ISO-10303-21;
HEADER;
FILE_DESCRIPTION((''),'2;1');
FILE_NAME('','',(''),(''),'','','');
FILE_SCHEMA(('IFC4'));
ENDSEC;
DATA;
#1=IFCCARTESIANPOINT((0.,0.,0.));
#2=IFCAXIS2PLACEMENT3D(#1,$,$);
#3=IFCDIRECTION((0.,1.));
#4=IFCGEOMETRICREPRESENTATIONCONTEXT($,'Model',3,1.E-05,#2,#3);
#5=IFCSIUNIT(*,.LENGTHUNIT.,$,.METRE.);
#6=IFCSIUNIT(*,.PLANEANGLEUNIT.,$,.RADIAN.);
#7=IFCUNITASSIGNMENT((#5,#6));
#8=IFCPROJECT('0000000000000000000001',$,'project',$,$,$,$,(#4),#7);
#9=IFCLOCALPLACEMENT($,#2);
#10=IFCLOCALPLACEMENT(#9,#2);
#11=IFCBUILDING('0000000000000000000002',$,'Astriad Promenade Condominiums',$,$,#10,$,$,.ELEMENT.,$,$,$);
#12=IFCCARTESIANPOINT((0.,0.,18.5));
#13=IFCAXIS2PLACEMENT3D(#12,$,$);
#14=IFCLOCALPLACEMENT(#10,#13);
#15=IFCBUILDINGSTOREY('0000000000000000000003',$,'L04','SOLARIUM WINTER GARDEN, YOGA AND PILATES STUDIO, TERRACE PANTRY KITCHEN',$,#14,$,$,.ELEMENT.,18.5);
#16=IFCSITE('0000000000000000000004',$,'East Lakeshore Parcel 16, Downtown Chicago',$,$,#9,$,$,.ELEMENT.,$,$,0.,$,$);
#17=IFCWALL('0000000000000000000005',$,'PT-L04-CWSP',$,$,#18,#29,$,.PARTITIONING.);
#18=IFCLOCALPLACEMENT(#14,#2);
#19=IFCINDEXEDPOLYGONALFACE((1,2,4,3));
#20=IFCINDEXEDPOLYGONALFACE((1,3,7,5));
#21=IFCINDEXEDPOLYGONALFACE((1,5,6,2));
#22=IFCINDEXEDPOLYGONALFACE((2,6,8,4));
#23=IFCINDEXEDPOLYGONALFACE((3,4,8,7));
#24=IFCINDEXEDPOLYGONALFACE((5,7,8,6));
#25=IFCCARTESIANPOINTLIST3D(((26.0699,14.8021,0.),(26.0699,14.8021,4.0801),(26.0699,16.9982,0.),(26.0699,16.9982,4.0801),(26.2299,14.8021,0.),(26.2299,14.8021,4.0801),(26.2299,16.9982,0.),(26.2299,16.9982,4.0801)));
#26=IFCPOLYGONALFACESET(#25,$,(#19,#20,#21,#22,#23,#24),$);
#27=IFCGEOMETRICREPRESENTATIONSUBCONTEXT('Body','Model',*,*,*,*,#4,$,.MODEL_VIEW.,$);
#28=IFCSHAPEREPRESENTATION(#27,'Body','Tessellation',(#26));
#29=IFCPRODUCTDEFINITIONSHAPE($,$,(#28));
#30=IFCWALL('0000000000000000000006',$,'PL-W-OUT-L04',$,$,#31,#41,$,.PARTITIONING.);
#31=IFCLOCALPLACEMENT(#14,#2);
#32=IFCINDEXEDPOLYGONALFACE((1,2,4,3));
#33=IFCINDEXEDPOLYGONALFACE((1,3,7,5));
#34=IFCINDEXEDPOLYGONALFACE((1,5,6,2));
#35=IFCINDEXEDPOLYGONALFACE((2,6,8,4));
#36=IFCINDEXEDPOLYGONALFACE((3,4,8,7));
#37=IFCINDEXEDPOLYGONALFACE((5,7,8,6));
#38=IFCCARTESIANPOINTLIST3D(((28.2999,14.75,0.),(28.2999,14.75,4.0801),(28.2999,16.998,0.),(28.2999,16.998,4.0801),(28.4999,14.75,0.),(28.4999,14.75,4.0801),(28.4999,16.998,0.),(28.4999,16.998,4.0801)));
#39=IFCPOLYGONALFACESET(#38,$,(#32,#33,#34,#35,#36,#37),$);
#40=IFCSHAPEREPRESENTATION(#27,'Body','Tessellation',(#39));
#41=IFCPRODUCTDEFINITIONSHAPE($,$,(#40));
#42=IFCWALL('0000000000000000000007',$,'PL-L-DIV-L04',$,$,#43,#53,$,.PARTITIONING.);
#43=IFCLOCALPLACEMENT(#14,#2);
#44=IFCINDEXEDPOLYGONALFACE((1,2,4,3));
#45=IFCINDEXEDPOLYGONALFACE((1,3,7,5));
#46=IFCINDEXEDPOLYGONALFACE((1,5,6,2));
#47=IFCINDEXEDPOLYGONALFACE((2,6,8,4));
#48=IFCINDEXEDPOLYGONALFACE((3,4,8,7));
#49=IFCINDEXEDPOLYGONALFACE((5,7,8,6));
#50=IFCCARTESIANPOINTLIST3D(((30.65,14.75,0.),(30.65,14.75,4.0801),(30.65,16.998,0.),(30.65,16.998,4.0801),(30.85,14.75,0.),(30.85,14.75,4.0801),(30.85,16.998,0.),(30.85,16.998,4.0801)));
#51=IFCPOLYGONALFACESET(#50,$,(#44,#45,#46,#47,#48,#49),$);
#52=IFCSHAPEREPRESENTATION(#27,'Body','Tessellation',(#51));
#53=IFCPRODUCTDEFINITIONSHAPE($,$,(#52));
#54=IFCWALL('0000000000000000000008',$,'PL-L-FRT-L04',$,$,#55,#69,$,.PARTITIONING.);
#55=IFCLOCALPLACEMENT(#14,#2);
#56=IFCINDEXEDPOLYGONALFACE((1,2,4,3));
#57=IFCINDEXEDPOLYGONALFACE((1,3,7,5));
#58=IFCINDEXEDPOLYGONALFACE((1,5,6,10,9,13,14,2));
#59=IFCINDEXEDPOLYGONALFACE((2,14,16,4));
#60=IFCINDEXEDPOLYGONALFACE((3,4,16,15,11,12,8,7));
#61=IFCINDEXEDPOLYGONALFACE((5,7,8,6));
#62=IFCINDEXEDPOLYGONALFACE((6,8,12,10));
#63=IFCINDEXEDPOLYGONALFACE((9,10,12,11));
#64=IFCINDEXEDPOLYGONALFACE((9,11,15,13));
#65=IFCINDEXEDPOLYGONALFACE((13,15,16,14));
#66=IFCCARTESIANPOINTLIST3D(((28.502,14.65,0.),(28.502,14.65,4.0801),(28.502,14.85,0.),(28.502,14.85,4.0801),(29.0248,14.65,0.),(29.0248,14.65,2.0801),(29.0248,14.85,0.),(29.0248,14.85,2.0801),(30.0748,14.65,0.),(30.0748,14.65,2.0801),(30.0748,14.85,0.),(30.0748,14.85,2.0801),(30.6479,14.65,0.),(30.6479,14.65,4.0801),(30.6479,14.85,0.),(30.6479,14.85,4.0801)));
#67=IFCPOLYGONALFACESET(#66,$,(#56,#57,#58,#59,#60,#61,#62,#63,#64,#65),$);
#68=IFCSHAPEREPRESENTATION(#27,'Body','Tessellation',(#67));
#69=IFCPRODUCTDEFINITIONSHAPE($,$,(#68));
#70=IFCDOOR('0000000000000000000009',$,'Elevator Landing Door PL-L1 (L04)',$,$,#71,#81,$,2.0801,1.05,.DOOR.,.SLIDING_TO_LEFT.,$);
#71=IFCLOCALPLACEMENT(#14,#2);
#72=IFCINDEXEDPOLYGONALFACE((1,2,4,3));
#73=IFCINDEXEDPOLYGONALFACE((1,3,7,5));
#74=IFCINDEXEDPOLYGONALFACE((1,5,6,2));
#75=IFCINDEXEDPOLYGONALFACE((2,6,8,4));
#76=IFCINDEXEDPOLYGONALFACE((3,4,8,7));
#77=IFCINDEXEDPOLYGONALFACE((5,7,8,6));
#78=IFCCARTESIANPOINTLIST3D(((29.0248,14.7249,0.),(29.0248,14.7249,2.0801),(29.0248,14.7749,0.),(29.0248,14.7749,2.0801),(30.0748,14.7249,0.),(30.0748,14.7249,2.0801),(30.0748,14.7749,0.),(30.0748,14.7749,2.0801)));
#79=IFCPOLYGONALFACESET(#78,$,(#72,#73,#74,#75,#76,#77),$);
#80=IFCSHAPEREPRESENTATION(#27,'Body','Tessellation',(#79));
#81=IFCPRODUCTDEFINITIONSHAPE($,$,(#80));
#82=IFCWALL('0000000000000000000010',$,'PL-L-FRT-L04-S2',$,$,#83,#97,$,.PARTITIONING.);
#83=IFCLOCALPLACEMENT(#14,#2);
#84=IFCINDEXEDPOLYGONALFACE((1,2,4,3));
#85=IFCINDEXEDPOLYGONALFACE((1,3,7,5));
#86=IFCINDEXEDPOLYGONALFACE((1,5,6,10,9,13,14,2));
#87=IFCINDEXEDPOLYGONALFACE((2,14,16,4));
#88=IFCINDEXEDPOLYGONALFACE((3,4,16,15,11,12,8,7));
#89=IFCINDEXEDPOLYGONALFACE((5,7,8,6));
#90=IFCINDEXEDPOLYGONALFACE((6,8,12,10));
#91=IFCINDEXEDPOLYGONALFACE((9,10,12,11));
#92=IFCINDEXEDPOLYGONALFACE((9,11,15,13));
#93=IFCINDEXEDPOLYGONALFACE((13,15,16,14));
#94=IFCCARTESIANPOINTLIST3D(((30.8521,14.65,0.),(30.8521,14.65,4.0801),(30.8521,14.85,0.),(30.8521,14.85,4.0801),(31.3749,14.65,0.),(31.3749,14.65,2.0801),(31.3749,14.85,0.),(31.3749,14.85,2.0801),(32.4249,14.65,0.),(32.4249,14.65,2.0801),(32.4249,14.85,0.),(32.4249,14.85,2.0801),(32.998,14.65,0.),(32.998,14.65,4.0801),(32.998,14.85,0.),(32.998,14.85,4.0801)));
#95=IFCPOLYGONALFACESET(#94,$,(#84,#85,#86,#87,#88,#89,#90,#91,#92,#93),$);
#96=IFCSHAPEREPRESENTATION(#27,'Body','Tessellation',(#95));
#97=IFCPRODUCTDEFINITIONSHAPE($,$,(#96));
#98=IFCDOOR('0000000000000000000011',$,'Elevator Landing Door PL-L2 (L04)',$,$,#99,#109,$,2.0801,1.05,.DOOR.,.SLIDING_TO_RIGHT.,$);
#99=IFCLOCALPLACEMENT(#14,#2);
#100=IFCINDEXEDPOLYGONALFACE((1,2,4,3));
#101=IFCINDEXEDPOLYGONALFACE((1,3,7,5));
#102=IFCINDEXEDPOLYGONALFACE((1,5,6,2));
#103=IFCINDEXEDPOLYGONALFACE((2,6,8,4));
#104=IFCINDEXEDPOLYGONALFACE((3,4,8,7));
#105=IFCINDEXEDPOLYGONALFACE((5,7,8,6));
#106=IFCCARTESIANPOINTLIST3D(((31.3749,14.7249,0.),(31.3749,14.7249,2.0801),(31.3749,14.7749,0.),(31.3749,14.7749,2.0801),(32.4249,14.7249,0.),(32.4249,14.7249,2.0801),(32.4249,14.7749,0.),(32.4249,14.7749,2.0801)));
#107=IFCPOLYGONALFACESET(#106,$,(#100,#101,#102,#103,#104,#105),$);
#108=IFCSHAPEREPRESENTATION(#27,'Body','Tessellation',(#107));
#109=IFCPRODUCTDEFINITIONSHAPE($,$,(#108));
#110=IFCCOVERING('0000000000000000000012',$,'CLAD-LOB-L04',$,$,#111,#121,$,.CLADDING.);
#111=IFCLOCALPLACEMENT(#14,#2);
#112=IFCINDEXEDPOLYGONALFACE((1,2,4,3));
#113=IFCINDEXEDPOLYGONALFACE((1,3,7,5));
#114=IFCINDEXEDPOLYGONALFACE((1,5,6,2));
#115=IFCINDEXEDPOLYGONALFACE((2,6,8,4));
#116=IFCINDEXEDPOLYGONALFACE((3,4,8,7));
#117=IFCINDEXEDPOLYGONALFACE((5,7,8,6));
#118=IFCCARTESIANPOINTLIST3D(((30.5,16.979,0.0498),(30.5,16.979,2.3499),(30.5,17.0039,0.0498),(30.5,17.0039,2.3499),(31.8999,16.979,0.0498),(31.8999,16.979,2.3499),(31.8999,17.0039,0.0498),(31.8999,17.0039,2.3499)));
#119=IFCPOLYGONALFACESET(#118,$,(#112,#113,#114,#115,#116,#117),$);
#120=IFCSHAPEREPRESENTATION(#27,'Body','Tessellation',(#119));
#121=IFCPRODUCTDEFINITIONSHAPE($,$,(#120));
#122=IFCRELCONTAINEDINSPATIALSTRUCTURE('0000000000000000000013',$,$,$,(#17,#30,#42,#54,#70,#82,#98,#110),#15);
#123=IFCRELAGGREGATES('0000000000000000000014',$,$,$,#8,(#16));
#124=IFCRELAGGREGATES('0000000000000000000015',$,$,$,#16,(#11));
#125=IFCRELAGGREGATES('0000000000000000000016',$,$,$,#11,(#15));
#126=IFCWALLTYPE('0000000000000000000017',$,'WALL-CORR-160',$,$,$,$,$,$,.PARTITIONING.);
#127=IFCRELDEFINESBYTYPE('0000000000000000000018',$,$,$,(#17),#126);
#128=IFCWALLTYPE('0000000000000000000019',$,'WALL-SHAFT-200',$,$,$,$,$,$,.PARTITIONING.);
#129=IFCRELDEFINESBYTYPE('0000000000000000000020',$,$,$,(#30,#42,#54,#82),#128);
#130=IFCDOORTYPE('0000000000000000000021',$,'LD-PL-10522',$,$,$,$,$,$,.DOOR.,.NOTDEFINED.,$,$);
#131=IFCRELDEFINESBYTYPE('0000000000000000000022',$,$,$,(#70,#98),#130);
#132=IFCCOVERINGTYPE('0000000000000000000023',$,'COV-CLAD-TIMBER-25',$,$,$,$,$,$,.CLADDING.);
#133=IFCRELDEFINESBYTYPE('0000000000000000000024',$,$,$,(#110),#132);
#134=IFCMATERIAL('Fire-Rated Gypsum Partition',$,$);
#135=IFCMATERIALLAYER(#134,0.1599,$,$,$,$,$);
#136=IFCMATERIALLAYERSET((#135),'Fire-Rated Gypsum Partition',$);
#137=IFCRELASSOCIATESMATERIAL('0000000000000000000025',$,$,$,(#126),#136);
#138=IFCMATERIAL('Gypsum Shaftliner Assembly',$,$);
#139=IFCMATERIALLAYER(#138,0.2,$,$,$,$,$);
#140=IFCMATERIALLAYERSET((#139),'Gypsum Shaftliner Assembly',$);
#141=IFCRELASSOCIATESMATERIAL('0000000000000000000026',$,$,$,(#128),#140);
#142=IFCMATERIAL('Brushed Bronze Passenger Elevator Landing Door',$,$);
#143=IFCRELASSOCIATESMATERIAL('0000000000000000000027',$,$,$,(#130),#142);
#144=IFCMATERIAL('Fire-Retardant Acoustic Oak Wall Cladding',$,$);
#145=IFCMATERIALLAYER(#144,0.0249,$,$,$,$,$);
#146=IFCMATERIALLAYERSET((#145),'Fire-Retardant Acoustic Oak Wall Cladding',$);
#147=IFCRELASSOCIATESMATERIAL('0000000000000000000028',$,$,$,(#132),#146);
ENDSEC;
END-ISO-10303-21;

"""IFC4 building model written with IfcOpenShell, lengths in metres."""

from ifc_helpers import new_model, si_unit, direction, frame, frame_2d, origin, origin_2d, place, context, subcontext, project, spatial, rectangle, extrude, source, transform, mapped, material, layer, layer_set, type_object, type_shapes, element, fill, save


model = new_model("IFC4")

# Units and contexts
model_context = context("Model", 3, precision=1e-05, world=origin(), true_north=direction((0.0, 1.0)))
body_context = subcontext(model_context, "Body", "Model", "MODEL_VIEW")
ifc_project = project(units=[si_unit("LENGTHUNIT", "METRE"), si_unit("PLANEANGLEUNIT", "RADIAN")], contexts=[model_context])

# Site, building, storey
site_placement = place(None, origin())
site = spatial("IfcSite", under=ifc_project, at=site_placement, Name="East Lakeshore Parcel 16, Downtown Chicago", CompositionType="ELEMENT", RefElevation=0.0)
building_placement = place(site_placement, origin())
building = spatial("IfcBuilding", under=site, at=building_placement, Name="Astriad Promenade Condominiums", CompositionType="ELEMENT")
storey_placement = place(building_placement, frame((0.0, 0.0, 18.5)))
storey = spatial("IfcBuildingStorey", under=building, at=storey_placement, Name="L04", Description="SOLARIUM WINTER GARDEN, YOGA AND PILATES STUDIO, TERRACE PANTRY KITCHEN", CompositionType="ELEMENT", Elevation=18.5)

# Walls
ifc_material_1 = material(Name="Fire-Rated Gypsum Partition")
ifc_layer_1 = layer(ifc_material_1, 0.1599)
ifc_layer_set_1 = layer_set([ifc_layer_1], Name="Fire-Rated Gypsum Partition")
wall_type_1 = type_object("IfcWallType", Name="WALL-CORR-160", PredefinedType="PARTITIONING", material=ifc_layer_set_1)
wall_1_placement = place(storey_placement, frame((26.1499, 14.802, 0.0), z_axis=(0.0, 0.0, 1.0), x_axis=(0.0, 1.0, 0.0)))
element("IfcWall", 1, at=wall_1_placement, inside=storey, type_object=wall_type_1, Name="PT-L04-CWSP", PredefinedType="PARTITIONING", context=body_context, shape_type="SweptSolid", body=[
    extrude(rectangle(XDim=2.196, YDim=0.1599, at=frame_2d((1.0981, 0.0))), origin(), (0.0, 0.0, 1.0), 4.0801),
])
ifc_material_2 = material(Name="Gypsum Shaftliner Assembly")
ifc_layer_2 = layer(ifc_material_2, 0.2)
ifc_layer_set_2 = layer_set([ifc_layer_2], Name="Gypsum Shaftliner Assembly")
wall_type_2 = type_object("IfcWallType", Name="WALL-SHAFT-200", PredefinedType="PARTITIONING", material=ifc_layer_set_2)
for number, where, z_axis, x_axis, name in (
    (2, (28.3999, 14.75, 0.0), (0.0, 0.0, 1.0), (0.0, 1.0, 0.0), "PL-W-OUT-L04"),
    (3, (30.75, 14.75, 0.0), (0.0, 0.0, 1.0), (0.0, 1.0, 0.0), "PL-L-DIV-L04"),
):
    element("IfcWall", number, at=place(storey_placement, frame(where, z_axis=z_axis, x_axis=x_axis)), inside=storey, type_object=wall_type_2, Name=name, PredefinedType="PARTITIONING", context=body_context, shape_type="SweptSolid", body=[
        extrude(rectangle(XDim=2.248, YDim=0.2, at=frame_2d((1.124, 0.0))), origin(), (0.0, 0.0, 1.0), 4.0801),
    ])

# Walls, openings, doors
wall_2_placement = place(storey_placement, frame((28.502, 14.75, 0.0), z_axis=(0.0, 0.0, 1.0), x_axis=(1.0, 0.0, 0.0)))
wall_2 = element("IfcWall", 4, at=wall_2_placement, inside=storey, type_object=wall_type_2, Name="PL-L-FRT-L04", PredefinedType="PARTITIONING", context=body_context, shape_type="SweptSolid", body=[
    extrude(rectangle(XDim=2.146, YDim=0.2, at=frame_2d((1.073, 0.0))), origin(), (0.0, 0.0, 1.0), 4.0801),
])
opening_1_placement = place(wall_2_placement, frame((0.5229, 0.0, 0.0)))
opening_1 = element("IfcOpeningElement", 5, at=opening_1_placement, cuts=wall_2, PredefinedType="OPENING", context=body_context, shape_type="SweptSolid", body=[
    extrude(rectangle(XDim=1.05, YDim=2.0801, at=frame_2d((0.5249, 1.04))), frame((0.0, 0.1099, 0.0), z_axis=(0.0, -1.0, 0.0), x_axis=(1.0, 0.0, 0.0)), (0.0, 0.0, 1.0), 0.22),
])
ifc_material_3 = material(Name="Brushed Bronze Passenger Elevator Landing Door")
door_type_1 = type_object("IfcDoorType", Name="LD-PL-10522", OperationType="NOTDEFINED", PredefinedType="DOOR", material=ifc_material_3)
shared_shape_1 = source(origin(), body_context, "Body", "SweptSolid", [
    extrude(rectangle(XDim=1.05, YDim=2.0801, at=frame_2d((0.5249, 1.04))), frame((0.0, 0.0249, 0.0), z_axis=(0.0, -1.0, 0.0), x_axis=(1.0, 0.0, 0.0)), (0.0, 0.0, 1.0), 0.05),
])
type_shapes(door_type_1, [shared_shape_1])
door_1_placement = place(opening_1_placement, origin())
door_1 = element("IfcDoor", 6, at=door_1_placement, inside=storey, type_object=door_type_1, Name="Elevator Landing Door PL-L1 (L04)", OperationType="SLIDING_TO_LEFT", OverallHeight=2.0801, OverallWidth=1.05, PredefinedType="DOOR", context=body_context, shape_type="MappedRepresentation", body=[
    mapped(shared_shape_1, transform((0.0, 0.0, 0.0), scale=1.0)),
])
fill(opening_1, door_1)
wall_3_placement = place(storey_placement, frame((30.8521, 14.75, 0.0), z_axis=(0.0, 0.0, 1.0), x_axis=(1.0, 0.0, 0.0)))
wall_3 = element("IfcWall", 7, at=wall_3_placement, inside=storey, type_object=wall_type_2, Name="PL-L-FRT-L04-S2", PredefinedType="PARTITIONING", context=body_context, shape_type="SweptSolid", body=[
    extrude(rectangle(XDim=2.146, YDim=0.2, at=frame_2d((1.073, 0.0))), origin(), (0.0, 0.0, 1.0), 4.0801),
])
opening_2_placement = place(wall_3_placement, frame((0.5229, 0.0, 0.0)))
opening_2 = element("IfcOpeningElement", 8, at=opening_2_placement, cuts=wall_3, PredefinedType="OPENING", context=body_context, shape_type="SweptSolid", body=[
    extrude(rectangle(XDim=1.05, YDim=2.0801, at=frame_2d((0.5249, 1.04))), frame((0.0, 0.1099, 0.0), z_axis=(0.0, -1.0, 0.0), x_axis=(1.0, 0.0, 0.0)), (0.0, 0.0, 1.0), 0.22),
])
door_2_placement = place(opening_2_placement, origin())
door_2 = element("IfcDoor", 9, at=door_2_placement, inside=storey, type_object=door_type_1, Name="Elevator Landing Door PL-L2 (L04)", OperationType="SLIDING_TO_RIGHT", OverallHeight=2.0801, OverallWidth=1.05, PredefinedType="DOOR", context=body_context, shape_type="MappedRepresentation", body=[
    mapped(shared_shape_1, transform((0.0, 0.0, 0.0), scale=1.0)),
])
fill(opening_2, door_2)

# Covering
ifc_material_4 = material(Name="Fire-Retardant Acoustic Oak Wall Cladding")
ifc_layer_3 = layer(ifc_material_4, 0.0249)
ifc_layer_set_3 = layer_set([ifc_layer_3], Name="Fire-Retardant Acoustic Oak Wall Cladding")
covering_type = type_object("IfcCoveringType", Name="COV-CLAD-TIMBER-25", PredefinedType="CLADDING", material=ifc_layer_set_3)
shared_shape_2 = source(origin(), body_context, "Body", "SweptSolid", [
    extrude(rectangle(XDim=1.3999, YDim=0.0249, at=origin_2d()), origin(), (0.0, 0.0, 1.0), 2.3),
])
type_shapes(covering_type, [shared_shape_2])
covering_placement = place(storey_placement, frame((31.2, 16.9915, 0.0498), z_axis=(0.0, 0.0, 1.0), x_axis=(1.0, 0.0, 0.0)))
element("IfcCovering", 10, at=covering_placement, inside=storey, type_object=covering_type, Name="CLAD-LOB-L04", PredefinedType="CLADDING", context=body_context, shape_type="MappedRepresentation", body=[
    mapped(shared_shape_2, transform((0.0, 0.0, 0.0), scale=1.0)),
])

save(model, "model.ifc")
